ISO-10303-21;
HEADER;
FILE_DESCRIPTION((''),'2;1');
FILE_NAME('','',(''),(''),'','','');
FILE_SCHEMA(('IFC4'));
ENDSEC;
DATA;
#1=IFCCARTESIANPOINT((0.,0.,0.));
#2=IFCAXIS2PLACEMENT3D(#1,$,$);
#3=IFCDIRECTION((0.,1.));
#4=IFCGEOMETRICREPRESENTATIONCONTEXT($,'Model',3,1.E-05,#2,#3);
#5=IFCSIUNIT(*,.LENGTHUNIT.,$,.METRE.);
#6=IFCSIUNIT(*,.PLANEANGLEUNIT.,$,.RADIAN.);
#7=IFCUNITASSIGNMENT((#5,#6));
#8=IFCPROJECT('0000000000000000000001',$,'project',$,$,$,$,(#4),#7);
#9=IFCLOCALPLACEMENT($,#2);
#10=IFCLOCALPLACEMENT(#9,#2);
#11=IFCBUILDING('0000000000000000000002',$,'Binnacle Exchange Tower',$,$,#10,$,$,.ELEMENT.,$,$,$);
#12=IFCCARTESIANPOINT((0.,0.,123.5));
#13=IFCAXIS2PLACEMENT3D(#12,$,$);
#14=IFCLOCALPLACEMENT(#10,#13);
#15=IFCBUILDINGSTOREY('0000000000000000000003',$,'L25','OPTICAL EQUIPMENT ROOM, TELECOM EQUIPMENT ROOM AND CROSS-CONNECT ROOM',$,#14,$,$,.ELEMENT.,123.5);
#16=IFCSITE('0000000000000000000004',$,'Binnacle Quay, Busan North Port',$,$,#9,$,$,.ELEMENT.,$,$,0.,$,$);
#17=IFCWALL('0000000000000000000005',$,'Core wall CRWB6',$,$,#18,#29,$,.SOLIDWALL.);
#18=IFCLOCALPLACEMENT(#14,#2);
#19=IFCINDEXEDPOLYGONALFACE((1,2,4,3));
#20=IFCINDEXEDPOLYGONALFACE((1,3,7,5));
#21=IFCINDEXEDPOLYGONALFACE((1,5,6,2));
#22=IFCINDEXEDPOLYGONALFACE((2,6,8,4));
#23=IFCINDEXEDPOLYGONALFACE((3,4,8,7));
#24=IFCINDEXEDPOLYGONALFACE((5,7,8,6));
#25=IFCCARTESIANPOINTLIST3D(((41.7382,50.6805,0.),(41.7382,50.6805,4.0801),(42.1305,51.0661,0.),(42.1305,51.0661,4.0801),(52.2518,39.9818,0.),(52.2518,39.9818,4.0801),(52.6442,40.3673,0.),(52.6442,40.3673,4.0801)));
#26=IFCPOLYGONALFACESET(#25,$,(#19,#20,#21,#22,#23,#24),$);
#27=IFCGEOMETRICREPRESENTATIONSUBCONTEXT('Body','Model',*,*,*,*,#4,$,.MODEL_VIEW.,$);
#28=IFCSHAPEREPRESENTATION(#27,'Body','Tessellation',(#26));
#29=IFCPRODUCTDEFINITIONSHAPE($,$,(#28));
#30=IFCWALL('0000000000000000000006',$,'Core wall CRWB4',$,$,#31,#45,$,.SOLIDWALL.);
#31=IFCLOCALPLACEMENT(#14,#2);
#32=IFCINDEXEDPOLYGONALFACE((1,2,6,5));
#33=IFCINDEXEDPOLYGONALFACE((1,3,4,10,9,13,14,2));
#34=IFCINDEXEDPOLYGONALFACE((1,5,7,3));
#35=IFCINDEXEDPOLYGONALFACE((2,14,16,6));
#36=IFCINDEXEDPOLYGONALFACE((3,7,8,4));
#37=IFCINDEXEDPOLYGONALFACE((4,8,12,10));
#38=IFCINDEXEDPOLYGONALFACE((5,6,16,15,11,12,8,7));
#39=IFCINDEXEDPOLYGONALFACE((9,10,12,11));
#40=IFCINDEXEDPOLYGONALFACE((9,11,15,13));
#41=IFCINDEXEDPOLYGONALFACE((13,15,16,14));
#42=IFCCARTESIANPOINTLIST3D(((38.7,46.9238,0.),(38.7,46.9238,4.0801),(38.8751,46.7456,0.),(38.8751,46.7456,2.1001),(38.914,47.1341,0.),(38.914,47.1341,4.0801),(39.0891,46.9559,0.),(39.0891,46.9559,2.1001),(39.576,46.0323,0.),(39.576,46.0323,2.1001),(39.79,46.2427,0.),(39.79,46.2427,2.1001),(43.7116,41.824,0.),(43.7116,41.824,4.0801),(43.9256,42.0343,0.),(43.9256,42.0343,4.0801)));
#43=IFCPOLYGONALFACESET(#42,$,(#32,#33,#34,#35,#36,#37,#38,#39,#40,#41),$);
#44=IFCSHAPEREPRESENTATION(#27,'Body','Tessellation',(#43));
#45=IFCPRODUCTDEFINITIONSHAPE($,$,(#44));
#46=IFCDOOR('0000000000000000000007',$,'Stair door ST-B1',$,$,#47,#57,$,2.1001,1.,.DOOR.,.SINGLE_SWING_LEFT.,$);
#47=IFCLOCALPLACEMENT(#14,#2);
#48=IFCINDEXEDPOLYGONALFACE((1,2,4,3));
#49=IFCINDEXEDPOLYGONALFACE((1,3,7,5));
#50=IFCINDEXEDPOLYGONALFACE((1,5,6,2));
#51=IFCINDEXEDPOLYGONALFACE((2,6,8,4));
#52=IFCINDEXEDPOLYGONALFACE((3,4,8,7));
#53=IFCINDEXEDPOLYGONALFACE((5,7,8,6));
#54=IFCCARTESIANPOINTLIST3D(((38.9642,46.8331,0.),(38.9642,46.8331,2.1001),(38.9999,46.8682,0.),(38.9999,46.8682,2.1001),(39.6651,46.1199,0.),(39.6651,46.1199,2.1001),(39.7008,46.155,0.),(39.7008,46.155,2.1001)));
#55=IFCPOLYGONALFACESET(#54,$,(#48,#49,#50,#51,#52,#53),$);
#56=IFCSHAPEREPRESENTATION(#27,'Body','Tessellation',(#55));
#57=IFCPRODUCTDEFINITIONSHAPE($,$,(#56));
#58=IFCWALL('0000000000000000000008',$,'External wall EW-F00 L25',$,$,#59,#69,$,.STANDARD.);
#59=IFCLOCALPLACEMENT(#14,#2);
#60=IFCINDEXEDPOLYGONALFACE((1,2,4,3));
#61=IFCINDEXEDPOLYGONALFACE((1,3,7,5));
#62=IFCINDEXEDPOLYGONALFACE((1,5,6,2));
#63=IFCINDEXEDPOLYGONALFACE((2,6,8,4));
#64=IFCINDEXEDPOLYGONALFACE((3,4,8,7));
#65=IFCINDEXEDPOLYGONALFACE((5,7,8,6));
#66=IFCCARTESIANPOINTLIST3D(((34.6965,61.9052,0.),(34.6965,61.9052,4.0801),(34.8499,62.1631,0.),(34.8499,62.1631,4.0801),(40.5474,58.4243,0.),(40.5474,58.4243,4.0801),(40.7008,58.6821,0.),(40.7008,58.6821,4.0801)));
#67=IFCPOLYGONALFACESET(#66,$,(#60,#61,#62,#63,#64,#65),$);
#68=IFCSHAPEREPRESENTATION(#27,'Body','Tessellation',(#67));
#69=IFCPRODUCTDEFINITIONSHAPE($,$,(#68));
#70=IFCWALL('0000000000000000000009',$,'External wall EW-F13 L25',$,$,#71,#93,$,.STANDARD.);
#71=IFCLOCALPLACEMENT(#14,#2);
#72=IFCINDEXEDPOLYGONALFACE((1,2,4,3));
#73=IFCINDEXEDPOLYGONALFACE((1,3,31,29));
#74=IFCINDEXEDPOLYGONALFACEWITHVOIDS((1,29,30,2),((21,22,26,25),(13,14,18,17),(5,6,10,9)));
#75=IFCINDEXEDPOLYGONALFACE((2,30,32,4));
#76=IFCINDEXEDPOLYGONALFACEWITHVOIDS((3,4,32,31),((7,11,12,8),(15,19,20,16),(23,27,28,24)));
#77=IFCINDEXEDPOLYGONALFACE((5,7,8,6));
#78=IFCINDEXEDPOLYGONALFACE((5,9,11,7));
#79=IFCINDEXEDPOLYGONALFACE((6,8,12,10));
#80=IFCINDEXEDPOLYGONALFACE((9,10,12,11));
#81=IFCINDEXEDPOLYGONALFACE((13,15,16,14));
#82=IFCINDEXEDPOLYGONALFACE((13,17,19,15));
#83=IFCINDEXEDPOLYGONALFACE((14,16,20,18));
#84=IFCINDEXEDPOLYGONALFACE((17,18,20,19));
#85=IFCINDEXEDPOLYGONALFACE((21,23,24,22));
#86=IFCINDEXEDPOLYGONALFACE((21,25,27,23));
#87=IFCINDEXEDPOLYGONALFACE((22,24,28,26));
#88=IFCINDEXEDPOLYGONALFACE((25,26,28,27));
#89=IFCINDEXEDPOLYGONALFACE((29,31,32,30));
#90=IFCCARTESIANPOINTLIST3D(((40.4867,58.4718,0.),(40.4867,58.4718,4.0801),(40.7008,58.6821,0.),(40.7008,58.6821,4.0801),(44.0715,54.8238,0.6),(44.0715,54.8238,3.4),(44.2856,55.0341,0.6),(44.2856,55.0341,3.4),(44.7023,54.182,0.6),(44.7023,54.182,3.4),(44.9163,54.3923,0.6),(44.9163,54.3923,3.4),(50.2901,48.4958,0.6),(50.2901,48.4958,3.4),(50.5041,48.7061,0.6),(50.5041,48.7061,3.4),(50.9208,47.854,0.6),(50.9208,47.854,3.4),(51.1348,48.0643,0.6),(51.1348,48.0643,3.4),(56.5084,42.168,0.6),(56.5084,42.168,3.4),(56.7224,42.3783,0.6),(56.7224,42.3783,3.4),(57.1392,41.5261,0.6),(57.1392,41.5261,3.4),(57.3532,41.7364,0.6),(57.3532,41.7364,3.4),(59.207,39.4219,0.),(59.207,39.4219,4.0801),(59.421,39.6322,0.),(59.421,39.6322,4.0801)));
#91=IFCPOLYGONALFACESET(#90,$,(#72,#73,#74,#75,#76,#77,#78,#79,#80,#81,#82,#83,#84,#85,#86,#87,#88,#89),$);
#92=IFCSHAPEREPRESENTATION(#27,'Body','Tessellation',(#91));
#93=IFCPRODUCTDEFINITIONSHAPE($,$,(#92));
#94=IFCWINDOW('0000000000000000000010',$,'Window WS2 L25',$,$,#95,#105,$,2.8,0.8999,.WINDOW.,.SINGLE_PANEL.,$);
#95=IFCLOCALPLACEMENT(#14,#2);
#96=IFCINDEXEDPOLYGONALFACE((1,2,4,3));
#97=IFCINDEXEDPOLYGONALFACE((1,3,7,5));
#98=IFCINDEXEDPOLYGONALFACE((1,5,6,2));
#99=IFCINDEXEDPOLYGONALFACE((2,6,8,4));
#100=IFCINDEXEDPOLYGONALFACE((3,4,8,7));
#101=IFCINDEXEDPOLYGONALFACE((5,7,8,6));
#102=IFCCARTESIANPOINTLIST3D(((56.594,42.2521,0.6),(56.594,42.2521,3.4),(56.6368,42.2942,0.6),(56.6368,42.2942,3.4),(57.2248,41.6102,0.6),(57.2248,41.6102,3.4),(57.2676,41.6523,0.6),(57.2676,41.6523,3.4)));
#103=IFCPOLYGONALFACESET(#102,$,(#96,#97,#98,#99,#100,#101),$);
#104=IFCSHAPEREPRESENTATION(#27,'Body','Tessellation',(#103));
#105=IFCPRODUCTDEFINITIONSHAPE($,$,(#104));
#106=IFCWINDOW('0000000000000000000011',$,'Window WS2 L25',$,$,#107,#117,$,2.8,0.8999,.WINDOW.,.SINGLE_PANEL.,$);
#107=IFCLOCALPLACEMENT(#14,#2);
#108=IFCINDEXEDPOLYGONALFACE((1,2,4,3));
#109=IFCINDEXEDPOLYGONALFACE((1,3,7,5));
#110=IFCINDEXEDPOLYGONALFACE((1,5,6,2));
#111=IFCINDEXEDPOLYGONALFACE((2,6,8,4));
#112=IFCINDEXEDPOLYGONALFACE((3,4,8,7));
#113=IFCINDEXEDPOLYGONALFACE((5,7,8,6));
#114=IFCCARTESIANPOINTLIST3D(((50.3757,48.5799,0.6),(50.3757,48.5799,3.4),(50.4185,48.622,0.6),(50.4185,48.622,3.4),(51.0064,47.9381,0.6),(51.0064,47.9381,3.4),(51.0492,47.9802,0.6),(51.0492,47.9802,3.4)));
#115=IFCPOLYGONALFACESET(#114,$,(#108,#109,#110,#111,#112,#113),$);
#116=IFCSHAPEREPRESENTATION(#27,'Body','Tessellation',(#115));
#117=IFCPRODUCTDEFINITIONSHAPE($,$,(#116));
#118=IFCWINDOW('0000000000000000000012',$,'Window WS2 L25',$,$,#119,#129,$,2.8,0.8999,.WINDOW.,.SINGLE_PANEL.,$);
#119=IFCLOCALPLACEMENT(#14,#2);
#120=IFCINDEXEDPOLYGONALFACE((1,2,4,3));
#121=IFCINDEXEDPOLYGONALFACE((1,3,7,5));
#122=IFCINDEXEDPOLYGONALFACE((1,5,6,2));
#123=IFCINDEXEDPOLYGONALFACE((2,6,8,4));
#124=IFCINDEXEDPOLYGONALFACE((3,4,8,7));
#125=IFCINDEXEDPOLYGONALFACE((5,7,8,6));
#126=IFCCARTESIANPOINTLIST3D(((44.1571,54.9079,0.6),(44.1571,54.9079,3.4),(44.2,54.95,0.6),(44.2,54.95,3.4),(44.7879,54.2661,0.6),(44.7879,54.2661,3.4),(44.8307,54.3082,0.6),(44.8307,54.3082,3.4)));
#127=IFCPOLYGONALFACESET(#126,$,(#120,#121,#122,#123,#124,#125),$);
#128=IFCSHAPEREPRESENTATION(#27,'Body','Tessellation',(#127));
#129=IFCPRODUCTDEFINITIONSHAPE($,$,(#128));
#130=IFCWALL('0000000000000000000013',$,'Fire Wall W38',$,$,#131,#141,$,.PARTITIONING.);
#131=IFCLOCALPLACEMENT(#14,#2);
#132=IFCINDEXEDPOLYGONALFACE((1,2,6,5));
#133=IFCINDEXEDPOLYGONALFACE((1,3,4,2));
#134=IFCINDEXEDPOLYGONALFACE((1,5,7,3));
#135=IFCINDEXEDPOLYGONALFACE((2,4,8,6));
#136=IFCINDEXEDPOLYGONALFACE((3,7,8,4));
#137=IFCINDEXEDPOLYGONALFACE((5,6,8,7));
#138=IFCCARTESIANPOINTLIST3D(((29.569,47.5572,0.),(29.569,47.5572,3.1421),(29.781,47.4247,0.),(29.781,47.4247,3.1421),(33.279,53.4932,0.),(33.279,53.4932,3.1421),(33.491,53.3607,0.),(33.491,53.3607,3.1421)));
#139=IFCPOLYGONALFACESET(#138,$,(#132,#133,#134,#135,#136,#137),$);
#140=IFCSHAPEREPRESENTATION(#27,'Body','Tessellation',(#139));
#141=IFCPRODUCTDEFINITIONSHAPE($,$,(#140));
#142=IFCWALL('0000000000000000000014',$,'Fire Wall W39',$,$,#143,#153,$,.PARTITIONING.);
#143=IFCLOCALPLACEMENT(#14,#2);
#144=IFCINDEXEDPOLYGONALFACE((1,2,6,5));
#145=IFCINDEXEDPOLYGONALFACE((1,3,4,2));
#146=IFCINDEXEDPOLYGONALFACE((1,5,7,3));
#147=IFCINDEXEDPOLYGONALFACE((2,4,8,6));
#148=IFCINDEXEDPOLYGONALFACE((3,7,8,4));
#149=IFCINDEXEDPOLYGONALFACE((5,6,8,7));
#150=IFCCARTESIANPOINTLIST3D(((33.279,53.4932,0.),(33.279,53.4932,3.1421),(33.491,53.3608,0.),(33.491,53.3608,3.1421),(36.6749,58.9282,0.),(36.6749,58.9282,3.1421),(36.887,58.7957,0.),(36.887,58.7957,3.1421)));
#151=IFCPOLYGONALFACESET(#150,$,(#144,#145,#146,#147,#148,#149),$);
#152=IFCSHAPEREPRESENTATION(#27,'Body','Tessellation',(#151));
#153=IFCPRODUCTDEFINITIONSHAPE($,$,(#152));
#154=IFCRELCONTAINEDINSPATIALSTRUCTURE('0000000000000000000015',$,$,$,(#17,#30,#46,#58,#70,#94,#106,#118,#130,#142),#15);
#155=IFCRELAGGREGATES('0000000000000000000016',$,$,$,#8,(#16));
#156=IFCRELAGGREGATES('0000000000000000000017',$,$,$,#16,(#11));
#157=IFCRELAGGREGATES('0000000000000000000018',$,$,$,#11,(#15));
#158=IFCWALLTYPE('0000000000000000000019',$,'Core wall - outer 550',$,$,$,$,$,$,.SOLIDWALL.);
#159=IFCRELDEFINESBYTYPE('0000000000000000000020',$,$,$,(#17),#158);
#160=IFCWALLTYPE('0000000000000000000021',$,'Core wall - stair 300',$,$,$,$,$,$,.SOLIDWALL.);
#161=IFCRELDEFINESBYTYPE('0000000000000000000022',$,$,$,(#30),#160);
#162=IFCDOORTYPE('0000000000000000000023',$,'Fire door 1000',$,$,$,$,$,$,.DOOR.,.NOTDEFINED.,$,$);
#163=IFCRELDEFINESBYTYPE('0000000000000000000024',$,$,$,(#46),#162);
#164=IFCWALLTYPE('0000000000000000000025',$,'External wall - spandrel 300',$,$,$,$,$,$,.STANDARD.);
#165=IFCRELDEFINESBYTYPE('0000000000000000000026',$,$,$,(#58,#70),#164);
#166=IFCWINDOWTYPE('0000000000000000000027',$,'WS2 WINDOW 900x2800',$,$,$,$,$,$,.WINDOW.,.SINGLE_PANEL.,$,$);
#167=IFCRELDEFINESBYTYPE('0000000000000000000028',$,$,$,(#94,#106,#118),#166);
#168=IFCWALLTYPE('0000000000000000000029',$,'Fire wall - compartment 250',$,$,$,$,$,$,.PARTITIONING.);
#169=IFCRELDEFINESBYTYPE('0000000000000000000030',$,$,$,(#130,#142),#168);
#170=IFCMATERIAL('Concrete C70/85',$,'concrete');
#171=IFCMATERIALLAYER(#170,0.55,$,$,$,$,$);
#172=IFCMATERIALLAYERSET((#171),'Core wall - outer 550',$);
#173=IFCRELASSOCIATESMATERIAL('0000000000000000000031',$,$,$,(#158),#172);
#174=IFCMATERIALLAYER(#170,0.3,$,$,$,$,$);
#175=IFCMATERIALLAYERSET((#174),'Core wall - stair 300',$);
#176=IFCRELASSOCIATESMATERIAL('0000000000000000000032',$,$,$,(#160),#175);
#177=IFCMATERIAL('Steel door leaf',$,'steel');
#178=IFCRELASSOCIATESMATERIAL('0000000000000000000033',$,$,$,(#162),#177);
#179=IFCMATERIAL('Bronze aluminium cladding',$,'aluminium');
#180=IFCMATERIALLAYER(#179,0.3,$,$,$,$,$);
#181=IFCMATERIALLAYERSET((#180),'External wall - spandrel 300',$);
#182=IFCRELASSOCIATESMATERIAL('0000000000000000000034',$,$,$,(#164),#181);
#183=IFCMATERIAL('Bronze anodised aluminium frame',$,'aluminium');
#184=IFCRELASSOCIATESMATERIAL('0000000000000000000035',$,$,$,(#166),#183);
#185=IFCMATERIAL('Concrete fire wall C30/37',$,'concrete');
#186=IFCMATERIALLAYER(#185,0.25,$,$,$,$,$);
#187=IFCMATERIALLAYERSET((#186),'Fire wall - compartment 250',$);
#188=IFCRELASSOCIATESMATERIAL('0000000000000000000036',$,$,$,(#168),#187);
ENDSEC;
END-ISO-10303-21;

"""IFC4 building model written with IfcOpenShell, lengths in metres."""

from ifc_helpers import new_model, si_unit, direction, frame, frame_2d, origin, place, context, subcontext, project, spatial, rectangle, extrude, material, layer, layer_set, type_object, element, fill, save


model = new_model("IFC4")

# Units and contexts
model_context = context("Model", 3, precision=1e-05, world=origin(), true_north=direction((0.0, 1.0)))
body_context = subcontext(model_context, "Body", "Model", "MODEL_VIEW")
ifc_project = project(units=[si_unit("LENGTHUNIT", "METRE"), si_unit("PLANEANGLEUNIT", "RADIAN")], contexts=[model_context])

# Site, building, storey
site_placement = place(None, origin())
site = spatial("IfcSite", under=ifc_project, at=site_placement, Name="Binnacle Quay, Busan North Port", CompositionType="ELEMENT", RefElevation=0.0)
building_placement = place(site_placement, origin())
building = spatial("IfcBuilding", under=site, at=building_placement, Name="Binnacle Exchange Tower", CompositionType="ELEMENT")
storey_placement = place(building_placement, frame((0.0, 0.0, 123.5)))
storey = spatial("IfcBuildingStorey", under=building, at=storey_placement, Name="L25", Description="OPTICAL EQUIPMENT ROOM, TELECOM EQUIPMENT ROOM AND CROSS-CONNECT ROOM", CompositionType="ELEMENT", Elevation=123.5)

# Shared definitions
ifc_material_1 = material(Name="Concrete C70/85", Category="concrete")

# Wall
ifc_layer_1 = layer(ifc_material_1, 0.55)
ifc_layer_set_1 = layer_set([ifc_layer_1], Name="Core wall - outer 550")
wall_type_1 = type_object("IfcWallType", Name="Core wall - outer 550", PredefinedType="SOLIDWALL", material=ifc_layer_set_1)
wall_1_placement = place(storey_placement, frame((41.9343, 50.8733, 0.0), z_axis=(0.0, 0.0, 1.0), x_axis=(0.700911, -0.713248, 0.0)))
element("IfcWall", 1, at=wall_1_placement, inside=storey, type_object=wall_type_1, Name="Core wall CRWB6", PredefinedType="SOLIDWALL", context=body_context, shape_type="SweptSolid", body=[
    extrude(rectangle(XDim=15.0, YDim=0.55, at=frame_2d((7.5, 0.0))), origin(), (0.0, 0.0, 1.0), 4.0801),
])

# Wall, opening, door
ifc_layer_2 = layer(ifc_material_1, 0.3)
ifc_layer_set_2 = layer_set([ifc_layer_2], Name="Core wall - stair 300")
wall_type_2 = type_object("IfcWallType", Name="Core wall - stair 300", PredefinedType="SOLIDWALL", material=ifc_layer_set_2)
wall_2_placement = place(storey_placement, frame((38.8069, 47.0291, 0.0), z_axis=(0.0, 0.0, 1.0), x_axis=(0.700917, -0.713243, 0.0)))
wall_2 = element("IfcWall", 2, at=wall_2_placement, inside=storey, type_object=wall_type_2, Name="Core wall CRWB4", PredefinedType="SOLIDWALL", context=body_context, shape_type="SweptSolid", body=[
    extrude(rectangle(XDim=7.1501, YDim=0.3, at=frame_2d((3.5752, 0.0))), origin(), (0.0, 0.0, 1.0), 4.0801),
])
opening_1_placement = place(wall_2_placement, frame((0.25, 0.0, 0.0)))
opening_1 = element("IfcOpeningElement", 3, at=opening_1_placement, cuts=wall_2, PredefinedType="OPENING", context=body_context, shape_type="SweptSolid", body=[
    extrude(rectangle(XDim=1.0, YDim=2.1001, at=frame_2d((0.5, 1.05))), frame((0.0, 0.1599, 0.0), z_axis=(0.0, -1.0, 0.0), x_axis=(1.0, 0.0, 0.0)), (0.0, 0.0, 1.0), 0.3201),
])
ifc_material_2 = material(Name="Steel door leaf", Category="steel")
door_type = type_object("IfcDoorType", Name="Fire door 1000", OperationType="NOTDEFINED", PredefinedType="DOOR", material=ifc_material_2)
door_placement = place(opening_1_placement, origin())
door = element("IfcDoor", 4, at=door_placement, inside=storey, type_object=door_type, Name="Stair door ST-B1", OperationType="SINGLE_SWING_LEFT", OverallHeight=2.1001, OverallWidth=1.0, PredefinedType="DOOR", context=body_context, shape_type="SweptSolid", body=[
    extrude(rectangle(XDim=1.0, YDim=2.1001, at=frame_2d((0.5, 1.05))), frame((0.0, 0.0249, 0.0), z_axis=(0.0, -1.0, 0.0), x_axis=(1.0, 0.0, 0.0)), (0.0, 0.0, 1.0), 0.05),
])
fill(opening_1, door)

# Wall
ifc_material_3 = material(Name="Bronze aluminium cladding", Category="aluminium")
ifc_layer_3 = layer(ifc_material_3, 0.3)
ifc_layer_set_3 = layer_set([ifc_layer_3], Name="External wall - spandrel 300")
wall_type_3 = type_object("IfcWallType", Name="External wall - spandrel 300", PredefinedType="STANDARD", material=ifc_layer_set_3)
wall_3_placement = place(storey_placement, frame((34.7732, 62.0342, 0.0), z_axis=(0.0, 0.0, 1.0), x_axis=(0.859401, -0.511302, 0.0)))
element("IfcWall", 5, at=wall_3_placement, inside=storey, type_object=wall_type_3, Name="External wall EW-F00 L25", PredefinedType="STANDARD", context=body_context, shape_type="SweptSolid", body=[
    extrude(rectangle(XDim=6.8081, YDim=0.3, at=frame_2d((3.4041, 0.0))), origin(), (0.0, 0.0, 1.0), 4.0801),
])

# Wall, openings, windows
wall_4_placement = place(storey_placement, frame((40.5938, 58.5769, 0.0), z_axis=(0.0, 0.0, 1.0), x_axis=(0.70091, -0.71325, 0.0)))
wall_4 = element("IfcWall", 6, at=wall_4_placement, inside=storey, type_object=wall_type_3, Name="External wall EW-F13 L25", PredefinedType="STANDARD", context=body_context, shape_type="SweptSolid", body=[
    extrude(rectangle(XDim=26.7085, YDim=0.3, at=frame_2d((13.3542, 0.0))), origin(), (0.0, 0.0, 1.0), 4.0801),
])
opening_2_placement = place(wall_4_placement, frame((22.8584, 0.0, 0.6001)))
opening_2 = element("IfcOpeningElement", 7, at=opening_2_placement, cuts=wall_4, PredefinedType="OPENING", context=body_context, shape_type="SweptSolid", body=[
    extrude(rectangle(XDim=0.8999, YDim=2.8, at=frame_2d((0.45, 1.3999))), frame((0.0, 0.1599, 0.0), z_axis=(0.0, -1.0, 0.0), x_axis=(1.0, 0.0, 0.0)), (0.0, 0.0, 1.0), 0.3201),
])
opening_3_placement = place(wall_4_placement, frame((13.9866, 0.0, 0.6001)))
opening_3 = element("IfcOpeningElement", 8, at=opening_3_placement, cuts=wall_4, PredefinedType="OPENING", context=body_context, shape_type="SweptSolid", body=[
    extrude(rectangle(XDim=0.8999, YDim=2.8, at=frame_2d((0.45, 1.3999))), frame((0.0, 0.1599, 0.0), z_axis=(0.0, -1.0, 0.0), x_axis=(1.0, 0.0, 0.0)), (0.0, 0.0, 1.0), 0.3201),
])
opening_4_placement = place(wall_4_placement, frame((5.1145, 0.0, 0.6001)))
opening_4 = element("IfcOpeningElement", 9, at=opening_4_placement, cuts=wall_4, PredefinedType="OPENING", context=body_context, shape_type="SweptSolid", body=[
    extrude(rectangle(XDim=0.8999, YDim=2.8, at=frame_2d((0.45, 1.3999))), frame((0.0, 0.1599, 0.0), z_axis=(0.0, -1.0, 0.0), x_axis=(1.0, 0.0, 0.0)), (0.0, 0.0, 1.0), 0.3201),
])
ifc_material_4 = material(Name="Bronze anodised aluminium frame", Category="aluminium")
window_type = type_object("IfcWindowType", Name="WS2 WINDOW 900x2800", PartitioningType="SINGLE_PANEL", PredefinedType="WINDOW", material=ifc_material_4)
window_1_placement = place(opening_2_placement, origin())
window_1 = element("IfcWindow", 10, at=window_1_placement, inside=storey, type_object=window_type, Name="Window WS2 L25", OverallHeight=2.8, OverallWidth=0.8999, PartitioningType="SINGLE_PANEL", PredefinedType="WINDOW", context=body_context, shape_type="SweptSolid", body=[
    extrude(rectangle(XDim=0.8999, YDim=2.8, at=frame_2d((0.45, 1.3999))), frame((0.0, 0.03, 0.0), z_axis=(0.0, -1.0, 0.0), x_axis=(1.0, 0.0, 0.0)), (0.0, 0.0, 1.0), 0.0601),
])
fill(opening_2, window_1)
window_2_placement = place(opening_3_placement, origin())
window_2 = element("IfcWindow", 11, at=window_2_placement, inside=storey, type_object=window_type, Name="Window WS2 L25", OverallHeight=2.8, OverallWidth=0.8999, PartitioningType="SINGLE_PANEL", PredefinedType="WINDOW", context=body_context, shape_type="SweptSolid", body=[
    extrude(rectangle(XDim=0.8999, YDim=2.8, at=frame_2d((0.45, 1.3999))), frame((0.0, 0.03, 0.0), z_axis=(0.0, -1.0, 0.0), x_axis=(1.0, 0.0, 0.0)), (0.0, 0.0, 1.0), 0.0601),
])
fill(opening_3, window_2)
window_3_placement = place(opening_4_placement, origin())
window_3 = element("IfcWindow", 12, at=window_3_placement, inside=storey, type_object=window_type, Name="Window WS2 L25", OverallHeight=2.8, OverallWidth=0.8999, PartitioningType="SINGLE_PANEL", PredefinedType="WINDOW", context=body_context, shape_type="SweptSolid", body=[
    extrude(rectangle(XDim=0.8999, YDim=2.8, at=frame_2d((0.45, 1.3999))), frame((0.0, 0.03, 0.0), z_axis=(0.0, -1.0, 0.0), x_axis=(1.0, 0.0, 0.0)), (0.0, 0.0, 1.0), 0.0601),
])
fill(opening_4, window_3)

# Walls
ifc_material_5 = material(Name="Concrete fire wall C30/37", Category="concrete")
ifc_layer_4 = layer(ifc_material_5, 0.25)
ifc_layer_set_4 = layer_set([ifc_layer_4], Name="Fire wall - compartment 250")
wall_type_4 = type_object("IfcWallType", Name="Fire wall - compartment 250", PredefinedType="PARTITIONING", material=ifc_layer_set_4)
wall_5_placement = place(storey_placement, frame((29.675, 47.491, 0.0), z_axis=(0.0, 0.0, 1.0), x_axis=(0.529993, 0.848002, 0.0)))
element("IfcWall", 13, at=wall_5_placement, inside=storey, type_object=wall_type_4, Name="Fire Wall W38", PredefinedType="PARTITIONING", context=body_context, shape_type="SweptSolid", body=[
    extrude(rectangle(XDim=7.0, YDim=0.25, at=frame_2d((3.5, 0.0))), origin(), (0.0, 0.0, 1.0), 3.1421),
])
wall_6_placement = place(storey_placement, frame((33.385, 53.427, 0.0), z_axis=(0.0, 0.0, 1.0), x_axis=(0.529896, 0.848063, 0.0)))
element("IfcWall", 14, at=wall_6_placement, inside=storey, type_object=wall_type_4, Name="Fire Wall W39", PredefinedType="PARTITIONING", context=body_context, shape_type="SweptSolid", body=[
    extrude(rectangle(XDim=6.4087, YDim=0.25, at=frame_2d((3.2043, 0.0))), origin(), (0.0, 0.0, 1.0), 3.1421),
])

save(model, "model.ifc")
